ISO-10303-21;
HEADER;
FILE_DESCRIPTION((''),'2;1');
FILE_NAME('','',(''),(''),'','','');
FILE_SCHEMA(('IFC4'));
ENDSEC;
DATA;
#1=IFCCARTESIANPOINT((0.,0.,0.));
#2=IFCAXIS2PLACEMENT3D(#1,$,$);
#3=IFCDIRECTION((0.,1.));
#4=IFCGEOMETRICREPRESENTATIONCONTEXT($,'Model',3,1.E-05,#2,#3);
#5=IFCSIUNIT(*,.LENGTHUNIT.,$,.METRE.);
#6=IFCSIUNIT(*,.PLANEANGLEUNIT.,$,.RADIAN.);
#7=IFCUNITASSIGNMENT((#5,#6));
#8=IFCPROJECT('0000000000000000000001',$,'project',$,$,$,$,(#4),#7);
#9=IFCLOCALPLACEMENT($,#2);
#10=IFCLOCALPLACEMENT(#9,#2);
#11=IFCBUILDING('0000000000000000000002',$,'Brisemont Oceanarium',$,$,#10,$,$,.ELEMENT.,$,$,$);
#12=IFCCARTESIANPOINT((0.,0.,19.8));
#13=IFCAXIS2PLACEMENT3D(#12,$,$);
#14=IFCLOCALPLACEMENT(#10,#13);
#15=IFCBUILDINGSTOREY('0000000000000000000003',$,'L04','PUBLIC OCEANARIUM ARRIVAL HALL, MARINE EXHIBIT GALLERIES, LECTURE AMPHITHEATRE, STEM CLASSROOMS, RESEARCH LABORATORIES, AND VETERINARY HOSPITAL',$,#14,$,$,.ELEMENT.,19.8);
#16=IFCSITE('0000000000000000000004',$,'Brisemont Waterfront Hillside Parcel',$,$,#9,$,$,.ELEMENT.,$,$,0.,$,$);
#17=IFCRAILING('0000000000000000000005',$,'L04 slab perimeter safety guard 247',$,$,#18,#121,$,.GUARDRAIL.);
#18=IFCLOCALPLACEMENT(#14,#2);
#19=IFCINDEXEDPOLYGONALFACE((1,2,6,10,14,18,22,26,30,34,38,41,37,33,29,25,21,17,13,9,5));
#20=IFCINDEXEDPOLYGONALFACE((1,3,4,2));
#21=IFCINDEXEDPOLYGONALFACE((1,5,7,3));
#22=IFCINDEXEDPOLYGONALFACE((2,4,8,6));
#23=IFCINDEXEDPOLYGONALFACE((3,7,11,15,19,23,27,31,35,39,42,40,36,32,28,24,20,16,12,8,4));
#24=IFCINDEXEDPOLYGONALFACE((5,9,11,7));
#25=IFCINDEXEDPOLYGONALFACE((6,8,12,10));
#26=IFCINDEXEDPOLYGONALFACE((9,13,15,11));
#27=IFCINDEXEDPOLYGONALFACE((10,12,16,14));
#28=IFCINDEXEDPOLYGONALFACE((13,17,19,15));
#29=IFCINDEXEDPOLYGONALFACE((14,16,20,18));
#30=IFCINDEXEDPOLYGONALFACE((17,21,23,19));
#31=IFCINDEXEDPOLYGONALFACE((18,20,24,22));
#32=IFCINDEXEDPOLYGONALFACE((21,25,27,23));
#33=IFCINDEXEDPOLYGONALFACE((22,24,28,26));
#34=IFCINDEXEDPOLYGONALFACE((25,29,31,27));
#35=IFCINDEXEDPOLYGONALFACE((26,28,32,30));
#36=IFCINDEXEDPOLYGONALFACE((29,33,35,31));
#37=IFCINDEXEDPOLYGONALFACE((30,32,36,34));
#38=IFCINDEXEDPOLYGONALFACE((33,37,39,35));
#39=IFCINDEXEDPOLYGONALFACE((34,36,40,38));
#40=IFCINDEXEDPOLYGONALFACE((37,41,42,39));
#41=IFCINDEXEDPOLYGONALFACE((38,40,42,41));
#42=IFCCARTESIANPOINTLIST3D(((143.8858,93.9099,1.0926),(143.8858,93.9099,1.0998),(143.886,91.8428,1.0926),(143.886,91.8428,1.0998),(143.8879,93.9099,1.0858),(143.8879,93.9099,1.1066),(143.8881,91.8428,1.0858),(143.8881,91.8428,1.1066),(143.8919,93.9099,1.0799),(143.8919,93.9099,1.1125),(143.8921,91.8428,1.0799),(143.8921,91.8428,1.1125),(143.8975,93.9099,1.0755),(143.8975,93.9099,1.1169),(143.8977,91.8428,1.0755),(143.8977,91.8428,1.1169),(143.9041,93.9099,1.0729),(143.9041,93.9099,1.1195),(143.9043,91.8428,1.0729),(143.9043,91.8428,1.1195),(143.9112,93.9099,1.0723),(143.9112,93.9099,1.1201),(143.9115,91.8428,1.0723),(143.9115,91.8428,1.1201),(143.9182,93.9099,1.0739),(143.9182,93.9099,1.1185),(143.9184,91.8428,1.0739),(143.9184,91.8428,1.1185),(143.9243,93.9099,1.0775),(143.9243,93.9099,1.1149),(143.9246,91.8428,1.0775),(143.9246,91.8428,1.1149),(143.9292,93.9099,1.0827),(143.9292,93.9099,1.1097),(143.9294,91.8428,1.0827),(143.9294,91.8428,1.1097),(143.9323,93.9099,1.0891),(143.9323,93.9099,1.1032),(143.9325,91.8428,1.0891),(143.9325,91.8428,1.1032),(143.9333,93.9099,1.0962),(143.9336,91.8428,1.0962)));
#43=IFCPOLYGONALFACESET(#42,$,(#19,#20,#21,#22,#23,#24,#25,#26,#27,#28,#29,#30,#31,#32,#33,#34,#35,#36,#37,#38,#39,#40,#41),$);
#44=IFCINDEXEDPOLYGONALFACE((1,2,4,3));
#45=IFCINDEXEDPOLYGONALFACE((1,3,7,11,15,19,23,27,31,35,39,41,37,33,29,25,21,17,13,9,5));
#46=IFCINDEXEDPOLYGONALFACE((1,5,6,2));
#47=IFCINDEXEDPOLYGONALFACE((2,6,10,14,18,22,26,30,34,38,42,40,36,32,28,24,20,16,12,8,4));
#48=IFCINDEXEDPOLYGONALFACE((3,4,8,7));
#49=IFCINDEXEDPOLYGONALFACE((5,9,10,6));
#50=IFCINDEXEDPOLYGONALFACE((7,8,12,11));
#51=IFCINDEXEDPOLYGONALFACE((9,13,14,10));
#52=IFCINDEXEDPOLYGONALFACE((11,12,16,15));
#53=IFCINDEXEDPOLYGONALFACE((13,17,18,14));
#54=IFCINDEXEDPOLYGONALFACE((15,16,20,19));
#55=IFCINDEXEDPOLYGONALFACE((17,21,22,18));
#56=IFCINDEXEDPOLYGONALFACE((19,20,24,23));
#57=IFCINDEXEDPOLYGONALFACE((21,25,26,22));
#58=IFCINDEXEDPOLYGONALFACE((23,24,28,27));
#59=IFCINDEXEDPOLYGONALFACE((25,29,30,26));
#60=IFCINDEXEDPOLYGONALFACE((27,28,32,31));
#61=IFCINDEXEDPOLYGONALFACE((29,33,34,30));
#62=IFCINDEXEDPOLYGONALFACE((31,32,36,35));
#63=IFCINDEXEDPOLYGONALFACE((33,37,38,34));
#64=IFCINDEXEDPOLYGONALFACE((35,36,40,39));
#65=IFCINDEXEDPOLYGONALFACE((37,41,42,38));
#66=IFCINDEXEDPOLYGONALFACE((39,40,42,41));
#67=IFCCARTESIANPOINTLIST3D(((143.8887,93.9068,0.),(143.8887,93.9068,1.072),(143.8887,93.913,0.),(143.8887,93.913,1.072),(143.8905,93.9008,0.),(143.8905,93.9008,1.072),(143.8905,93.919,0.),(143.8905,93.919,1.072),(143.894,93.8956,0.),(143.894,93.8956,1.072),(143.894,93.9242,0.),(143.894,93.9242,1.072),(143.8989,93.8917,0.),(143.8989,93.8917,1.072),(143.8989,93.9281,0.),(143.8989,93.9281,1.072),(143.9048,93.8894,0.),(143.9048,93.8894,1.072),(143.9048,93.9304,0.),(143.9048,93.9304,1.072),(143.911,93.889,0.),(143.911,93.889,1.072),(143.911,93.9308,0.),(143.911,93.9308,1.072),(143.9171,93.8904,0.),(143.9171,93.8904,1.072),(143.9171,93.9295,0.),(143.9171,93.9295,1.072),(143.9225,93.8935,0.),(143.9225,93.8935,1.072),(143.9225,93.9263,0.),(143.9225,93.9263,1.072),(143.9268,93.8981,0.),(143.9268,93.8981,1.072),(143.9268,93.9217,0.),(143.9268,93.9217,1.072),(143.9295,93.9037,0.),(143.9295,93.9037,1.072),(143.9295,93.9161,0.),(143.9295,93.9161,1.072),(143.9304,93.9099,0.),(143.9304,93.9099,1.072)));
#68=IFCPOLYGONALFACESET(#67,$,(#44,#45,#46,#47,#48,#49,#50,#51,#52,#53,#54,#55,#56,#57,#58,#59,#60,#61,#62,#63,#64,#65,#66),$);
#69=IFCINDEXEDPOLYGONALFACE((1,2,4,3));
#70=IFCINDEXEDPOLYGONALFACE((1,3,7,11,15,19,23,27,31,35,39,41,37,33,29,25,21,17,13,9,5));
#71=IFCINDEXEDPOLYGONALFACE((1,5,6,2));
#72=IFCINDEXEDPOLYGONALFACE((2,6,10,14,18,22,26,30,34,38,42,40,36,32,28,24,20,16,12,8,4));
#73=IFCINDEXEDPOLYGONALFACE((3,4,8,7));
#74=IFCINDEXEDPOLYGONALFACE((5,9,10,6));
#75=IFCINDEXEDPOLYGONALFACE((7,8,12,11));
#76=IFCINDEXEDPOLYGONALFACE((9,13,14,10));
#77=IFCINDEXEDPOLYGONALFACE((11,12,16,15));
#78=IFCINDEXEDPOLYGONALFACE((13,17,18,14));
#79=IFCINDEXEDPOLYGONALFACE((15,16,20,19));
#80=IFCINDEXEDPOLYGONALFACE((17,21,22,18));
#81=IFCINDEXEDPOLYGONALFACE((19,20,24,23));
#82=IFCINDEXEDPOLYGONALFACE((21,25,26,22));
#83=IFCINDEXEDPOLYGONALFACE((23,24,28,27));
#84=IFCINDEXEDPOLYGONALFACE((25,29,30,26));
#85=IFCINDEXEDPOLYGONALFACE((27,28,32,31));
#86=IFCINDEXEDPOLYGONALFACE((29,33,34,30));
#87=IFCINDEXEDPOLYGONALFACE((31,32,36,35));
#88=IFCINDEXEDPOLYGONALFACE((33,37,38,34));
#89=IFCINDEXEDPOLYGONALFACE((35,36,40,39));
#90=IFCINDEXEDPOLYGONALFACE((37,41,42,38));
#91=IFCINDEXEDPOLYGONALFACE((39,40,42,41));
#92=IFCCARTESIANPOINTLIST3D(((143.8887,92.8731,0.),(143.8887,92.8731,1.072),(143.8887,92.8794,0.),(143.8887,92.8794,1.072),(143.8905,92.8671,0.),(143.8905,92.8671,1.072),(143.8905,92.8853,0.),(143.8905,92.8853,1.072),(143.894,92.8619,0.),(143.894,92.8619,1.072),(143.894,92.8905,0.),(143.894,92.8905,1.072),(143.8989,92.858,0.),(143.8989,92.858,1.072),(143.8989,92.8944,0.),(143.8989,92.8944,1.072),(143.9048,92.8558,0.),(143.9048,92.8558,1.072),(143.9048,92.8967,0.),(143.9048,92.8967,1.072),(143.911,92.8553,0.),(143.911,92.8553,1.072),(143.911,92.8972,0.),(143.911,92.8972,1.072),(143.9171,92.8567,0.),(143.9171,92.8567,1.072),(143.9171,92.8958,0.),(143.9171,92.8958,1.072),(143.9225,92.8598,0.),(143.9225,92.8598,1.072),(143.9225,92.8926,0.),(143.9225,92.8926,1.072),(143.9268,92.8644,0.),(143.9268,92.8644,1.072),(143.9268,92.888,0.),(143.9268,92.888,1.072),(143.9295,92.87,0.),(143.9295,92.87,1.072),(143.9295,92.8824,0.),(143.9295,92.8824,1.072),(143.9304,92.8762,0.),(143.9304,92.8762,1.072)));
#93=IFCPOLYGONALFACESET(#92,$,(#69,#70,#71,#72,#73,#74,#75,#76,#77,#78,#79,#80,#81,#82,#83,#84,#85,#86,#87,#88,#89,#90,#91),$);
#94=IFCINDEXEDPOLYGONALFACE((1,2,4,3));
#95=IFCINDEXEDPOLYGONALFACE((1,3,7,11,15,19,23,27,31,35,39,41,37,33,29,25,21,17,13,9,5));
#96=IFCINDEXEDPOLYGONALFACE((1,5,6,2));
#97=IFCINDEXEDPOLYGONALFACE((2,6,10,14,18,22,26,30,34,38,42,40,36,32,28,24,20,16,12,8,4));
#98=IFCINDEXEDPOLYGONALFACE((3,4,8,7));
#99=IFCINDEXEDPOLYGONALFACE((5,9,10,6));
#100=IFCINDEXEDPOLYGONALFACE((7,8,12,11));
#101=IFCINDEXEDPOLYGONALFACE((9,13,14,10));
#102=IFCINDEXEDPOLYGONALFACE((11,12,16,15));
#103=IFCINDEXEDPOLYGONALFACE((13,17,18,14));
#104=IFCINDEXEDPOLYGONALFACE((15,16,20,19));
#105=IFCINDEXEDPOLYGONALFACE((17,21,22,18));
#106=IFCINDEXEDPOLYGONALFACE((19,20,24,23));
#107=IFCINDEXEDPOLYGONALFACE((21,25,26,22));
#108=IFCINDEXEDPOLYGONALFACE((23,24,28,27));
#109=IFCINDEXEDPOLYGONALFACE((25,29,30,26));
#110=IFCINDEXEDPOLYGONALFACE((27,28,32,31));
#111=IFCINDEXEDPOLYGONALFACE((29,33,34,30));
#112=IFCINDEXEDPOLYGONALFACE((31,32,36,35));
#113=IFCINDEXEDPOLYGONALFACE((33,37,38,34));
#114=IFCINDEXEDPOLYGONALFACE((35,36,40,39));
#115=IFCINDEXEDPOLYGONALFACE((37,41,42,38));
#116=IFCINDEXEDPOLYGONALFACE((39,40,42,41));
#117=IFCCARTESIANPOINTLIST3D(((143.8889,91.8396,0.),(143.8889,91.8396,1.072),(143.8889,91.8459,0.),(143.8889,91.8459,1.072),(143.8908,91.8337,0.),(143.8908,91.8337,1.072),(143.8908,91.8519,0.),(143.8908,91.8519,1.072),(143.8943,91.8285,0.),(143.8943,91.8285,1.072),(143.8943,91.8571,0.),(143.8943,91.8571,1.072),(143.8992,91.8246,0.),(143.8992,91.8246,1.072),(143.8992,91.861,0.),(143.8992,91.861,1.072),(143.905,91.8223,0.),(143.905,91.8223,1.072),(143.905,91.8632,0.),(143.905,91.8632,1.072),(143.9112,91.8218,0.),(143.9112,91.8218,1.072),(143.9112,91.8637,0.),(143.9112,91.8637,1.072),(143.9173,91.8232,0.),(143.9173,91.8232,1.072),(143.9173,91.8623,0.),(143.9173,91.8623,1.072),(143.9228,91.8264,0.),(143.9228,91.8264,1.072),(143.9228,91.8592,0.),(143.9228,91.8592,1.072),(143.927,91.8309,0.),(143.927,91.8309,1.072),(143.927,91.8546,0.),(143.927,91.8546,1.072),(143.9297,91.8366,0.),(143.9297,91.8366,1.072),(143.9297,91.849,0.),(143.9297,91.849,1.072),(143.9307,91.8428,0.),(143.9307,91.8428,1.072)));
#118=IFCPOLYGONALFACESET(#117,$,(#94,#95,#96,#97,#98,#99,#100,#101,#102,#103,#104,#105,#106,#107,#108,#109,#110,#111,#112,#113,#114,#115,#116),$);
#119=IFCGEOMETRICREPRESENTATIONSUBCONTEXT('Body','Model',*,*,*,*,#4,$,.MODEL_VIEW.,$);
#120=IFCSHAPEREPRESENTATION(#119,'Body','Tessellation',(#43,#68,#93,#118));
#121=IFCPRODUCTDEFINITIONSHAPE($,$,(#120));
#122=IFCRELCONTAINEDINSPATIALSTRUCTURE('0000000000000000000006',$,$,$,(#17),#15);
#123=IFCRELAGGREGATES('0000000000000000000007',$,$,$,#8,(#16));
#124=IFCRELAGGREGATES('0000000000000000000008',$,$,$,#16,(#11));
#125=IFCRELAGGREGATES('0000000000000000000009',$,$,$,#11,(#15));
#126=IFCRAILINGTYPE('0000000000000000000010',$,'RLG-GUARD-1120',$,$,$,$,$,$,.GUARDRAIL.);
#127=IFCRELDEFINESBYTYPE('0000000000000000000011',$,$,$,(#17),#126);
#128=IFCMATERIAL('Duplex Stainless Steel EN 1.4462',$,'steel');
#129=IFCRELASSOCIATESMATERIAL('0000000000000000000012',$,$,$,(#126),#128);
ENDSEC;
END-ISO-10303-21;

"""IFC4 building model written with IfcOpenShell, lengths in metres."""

from ifc_helpers import new_model, si_unit, direction, frame, origin, origin_2d, place, context, subcontext, project, spatial, circle, extrude, material, type_object, element, save


model = new_model("IFC4")

# Units and contexts
model_context = context("Model", 3, precision=1e-05, world=origin(), true_north=direction((0.0, 1.0)))
body_context = subcontext(model_context, "Body", "Model", "MODEL_VIEW")
ifc_project = project(units=[si_unit("LENGTHUNIT", "METRE"), si_unit("PLANEANGLEUNIT", "RADIAN")], contexts=[model_context])

# Site, building, storey
site_placement = place(None, origin())
site = spatial("IfcSite", under=ifc_project, at=site_placement, Name="Brisemont Waterfront Hillside Parcel", CompositionType="ELEMENT", RefElevation=0.0)
building_placement = place(site_placement, origin())
building = spatial("IfcBuilding", under=site, at=building_placement, Name="Brisemont Oceanarium", CompositionType="ELEMENT")
storey_placement = place(building_placement, frame((0.0, 0.0, 19.8)))
storey = spatial("IfcBuildingStorey", under=building, at=storey_placement, Name="L04", Description="PUBLIC OCEANARIUM ARRIVAL HALL, MARINE EXHIBIT GALLERIES, LECTURE AMPHITHEATRE, STEM CLASSROOMS, RESEARCH LABORATORIES, AND VETERINARY HOSPITAL", CompositionType="ELEMENT", Elevation=19.8)

# Railing
ifc_material_1 = material(Name="Duplex Stainless Steel EN 1.4462", Category="steel")
railing_type_1 = type_object("IfcRailingType", Name="RLG-GUARD-1120", PredefinedType="GUARDRAIL", material=ifc_material_1)
railing_1_placement = place(storey_placement, frame((143.9094, 93.9099, 0.0)))
element("IfcRailing", 1, at=railing_1_placement, inside=storey, type_object=railing_type_1, Name="L04 slab perimeter safety guard 247", PredefinedType="GUARDRAIL", context=body_context, shape_type="SweptSolid", body=[
    extrude(circle(Radius=0.0239, at=origin_2d()), frame((0.0, 0.0, 1.0962), z_axis=(0.000118, -1.0, 0.0), x_axis=(1.0, 0.000118, 0.0)), (0.0, 0.0, 1.0), 2.0671),
    extrude(circle(Radius=0.021, at=origin_2d()), origin(), (0.0, 0.0, 1.0), 1.072),
    extrude(circle(Radius=0.021, at=origin_2d()), frame((0.0, -1.0337, 0.0)), (0.0, 0.0, 1.0), 1.072),
    extrude(circle(Radius=0.021, at=origin_2d()), frame((0.0002, -2.0671, 0.0)), (0.0, 0.0, 1.0), 1.072),
])

save(model, "model.ifc")
